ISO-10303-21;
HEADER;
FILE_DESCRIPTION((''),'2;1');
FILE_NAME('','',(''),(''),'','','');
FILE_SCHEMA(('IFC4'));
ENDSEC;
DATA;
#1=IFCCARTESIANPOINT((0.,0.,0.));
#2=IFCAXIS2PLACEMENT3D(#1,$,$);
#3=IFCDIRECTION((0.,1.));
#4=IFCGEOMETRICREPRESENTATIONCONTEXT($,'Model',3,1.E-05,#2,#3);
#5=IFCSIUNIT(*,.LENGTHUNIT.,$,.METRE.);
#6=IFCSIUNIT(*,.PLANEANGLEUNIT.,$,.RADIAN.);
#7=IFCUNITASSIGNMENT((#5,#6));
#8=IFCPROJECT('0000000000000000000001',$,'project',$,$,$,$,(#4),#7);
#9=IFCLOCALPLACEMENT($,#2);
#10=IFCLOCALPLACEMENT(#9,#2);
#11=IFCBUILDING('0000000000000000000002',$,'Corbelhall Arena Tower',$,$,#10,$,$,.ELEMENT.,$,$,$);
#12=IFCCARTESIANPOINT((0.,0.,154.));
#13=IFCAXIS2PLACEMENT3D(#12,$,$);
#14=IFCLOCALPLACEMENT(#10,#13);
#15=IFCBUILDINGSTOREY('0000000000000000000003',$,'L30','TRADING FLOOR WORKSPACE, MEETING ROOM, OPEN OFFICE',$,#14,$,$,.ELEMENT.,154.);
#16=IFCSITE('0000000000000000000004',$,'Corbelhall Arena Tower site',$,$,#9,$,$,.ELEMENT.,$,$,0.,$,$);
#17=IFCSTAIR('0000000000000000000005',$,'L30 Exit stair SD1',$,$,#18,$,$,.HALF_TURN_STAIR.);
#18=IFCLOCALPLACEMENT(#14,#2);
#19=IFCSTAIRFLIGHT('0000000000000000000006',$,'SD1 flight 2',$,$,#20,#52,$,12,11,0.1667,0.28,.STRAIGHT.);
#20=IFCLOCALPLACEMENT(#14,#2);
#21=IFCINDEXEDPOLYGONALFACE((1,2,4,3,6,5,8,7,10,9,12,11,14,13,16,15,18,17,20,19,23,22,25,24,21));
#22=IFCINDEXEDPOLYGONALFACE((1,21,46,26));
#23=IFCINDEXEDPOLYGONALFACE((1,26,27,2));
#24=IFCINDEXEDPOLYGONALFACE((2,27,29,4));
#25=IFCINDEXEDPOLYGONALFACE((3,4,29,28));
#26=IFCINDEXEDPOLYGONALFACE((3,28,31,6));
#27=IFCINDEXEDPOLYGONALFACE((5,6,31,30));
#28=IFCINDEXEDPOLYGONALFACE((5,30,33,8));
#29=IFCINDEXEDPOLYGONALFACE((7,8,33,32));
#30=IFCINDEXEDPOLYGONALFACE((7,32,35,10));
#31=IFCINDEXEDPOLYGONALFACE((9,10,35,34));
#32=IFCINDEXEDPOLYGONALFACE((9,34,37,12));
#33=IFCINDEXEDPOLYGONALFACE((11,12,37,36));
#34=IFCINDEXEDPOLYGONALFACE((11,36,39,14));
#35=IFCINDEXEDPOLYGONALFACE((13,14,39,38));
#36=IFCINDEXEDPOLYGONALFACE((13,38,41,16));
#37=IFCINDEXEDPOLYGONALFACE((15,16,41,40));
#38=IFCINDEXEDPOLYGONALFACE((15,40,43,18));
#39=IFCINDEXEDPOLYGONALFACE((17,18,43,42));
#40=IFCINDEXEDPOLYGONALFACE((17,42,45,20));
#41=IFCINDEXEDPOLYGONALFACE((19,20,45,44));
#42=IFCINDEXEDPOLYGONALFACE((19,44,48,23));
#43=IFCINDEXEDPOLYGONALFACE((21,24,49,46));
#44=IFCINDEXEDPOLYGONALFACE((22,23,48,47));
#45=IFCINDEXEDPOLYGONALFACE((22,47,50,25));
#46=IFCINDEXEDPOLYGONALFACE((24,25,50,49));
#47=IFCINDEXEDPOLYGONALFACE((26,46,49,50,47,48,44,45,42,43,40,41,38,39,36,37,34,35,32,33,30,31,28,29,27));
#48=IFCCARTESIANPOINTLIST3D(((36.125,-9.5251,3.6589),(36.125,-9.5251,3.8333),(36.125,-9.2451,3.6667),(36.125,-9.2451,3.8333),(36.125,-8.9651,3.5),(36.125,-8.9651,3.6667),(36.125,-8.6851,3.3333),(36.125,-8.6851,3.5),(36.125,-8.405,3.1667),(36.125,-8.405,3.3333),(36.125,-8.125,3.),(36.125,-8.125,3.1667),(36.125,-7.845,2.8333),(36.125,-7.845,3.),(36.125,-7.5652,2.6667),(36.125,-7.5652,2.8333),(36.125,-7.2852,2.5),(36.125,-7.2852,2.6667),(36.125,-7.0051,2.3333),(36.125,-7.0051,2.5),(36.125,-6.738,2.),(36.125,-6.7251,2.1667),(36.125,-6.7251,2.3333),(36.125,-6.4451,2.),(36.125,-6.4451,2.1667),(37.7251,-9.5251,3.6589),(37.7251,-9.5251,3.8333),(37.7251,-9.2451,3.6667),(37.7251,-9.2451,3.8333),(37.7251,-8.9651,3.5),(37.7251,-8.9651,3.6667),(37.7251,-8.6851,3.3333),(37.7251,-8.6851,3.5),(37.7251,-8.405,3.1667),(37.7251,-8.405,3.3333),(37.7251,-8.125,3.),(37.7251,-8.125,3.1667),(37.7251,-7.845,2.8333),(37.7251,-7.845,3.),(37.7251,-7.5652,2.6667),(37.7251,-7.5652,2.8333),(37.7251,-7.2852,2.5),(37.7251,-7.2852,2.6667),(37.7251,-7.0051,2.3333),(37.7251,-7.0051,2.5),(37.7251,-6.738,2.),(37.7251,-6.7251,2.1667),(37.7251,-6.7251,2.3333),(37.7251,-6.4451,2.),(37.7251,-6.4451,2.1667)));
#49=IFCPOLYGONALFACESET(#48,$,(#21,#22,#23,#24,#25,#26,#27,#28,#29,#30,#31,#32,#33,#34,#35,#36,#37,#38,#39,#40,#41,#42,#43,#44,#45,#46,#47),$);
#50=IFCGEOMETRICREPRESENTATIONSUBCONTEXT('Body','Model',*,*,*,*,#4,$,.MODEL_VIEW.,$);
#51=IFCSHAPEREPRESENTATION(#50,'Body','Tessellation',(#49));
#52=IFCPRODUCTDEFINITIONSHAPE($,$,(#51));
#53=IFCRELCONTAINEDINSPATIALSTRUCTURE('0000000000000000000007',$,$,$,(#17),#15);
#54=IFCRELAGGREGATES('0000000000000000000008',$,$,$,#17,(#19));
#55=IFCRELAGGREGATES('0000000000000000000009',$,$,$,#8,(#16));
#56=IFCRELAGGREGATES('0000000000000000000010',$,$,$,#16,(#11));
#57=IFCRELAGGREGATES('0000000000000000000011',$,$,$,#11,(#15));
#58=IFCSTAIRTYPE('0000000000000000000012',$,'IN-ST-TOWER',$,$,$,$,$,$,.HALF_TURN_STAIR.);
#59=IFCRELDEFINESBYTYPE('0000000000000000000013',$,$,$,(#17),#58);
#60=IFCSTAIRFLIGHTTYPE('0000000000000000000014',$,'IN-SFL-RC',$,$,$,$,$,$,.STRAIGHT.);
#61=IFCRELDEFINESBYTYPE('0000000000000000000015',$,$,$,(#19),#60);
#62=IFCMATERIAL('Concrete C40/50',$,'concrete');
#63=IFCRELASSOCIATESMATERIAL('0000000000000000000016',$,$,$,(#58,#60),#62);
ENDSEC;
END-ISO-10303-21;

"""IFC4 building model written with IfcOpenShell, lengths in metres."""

from ifc_helpers import new_model, si_unit, direction, frame, origin, place, context, subcontext, project, spatial, polyline, outline, extrude, material, type_object, element, aggregate, save


model = new_model("IFC4")

# Units and contexts
model_context = context("Model", 3, precision=1e-05, world=origin(), true_north=direction((0.0, 1.0)))
body_context = subcontext(model_context, "Body", "Model", "MODEL_VIEW")
ifc_project = project(units=[si_unit("LENGTHUNIT", "METRE"), si_unit("PLANEANGLEUNIT", "RADIAN")], contexts=[model_context])

# Site, building, storey
site_placement = place(None, origin())
site = spatial("IfcSite", under=ifc_project, at=site_placement, Name="Corbelhall Arena Tower site", CompositionType="ELEMENT", RefElevation=0.0)
building_placement = place(site_placement, origin())
building = spatial("IfcBuilding", under=site, at=building_placement, Name="Corbelhall Arena Tower", CompositionType="ELEMENT")
storey_placement = place(building_placement, frame((0.0, 0.0, 154.0)))
storey = spatial("IfcBuildingStorey", under=building, at=storey_placement, Name="L30", Description="TRADING FLOOR WORKSPACE, MEETING ROOM, OPEN OFFICE", CompositionType="ELEMENT", Elevation=154.0)

# Shared definitions
ifc_material_1 = material(Name="Concrete C40/50", Category="concrete")

# Stair, stair flight
stair_type = type_object("IfcStairType", Name="IN-ST-TOWER", PredefinedType="HALF_TURN_STAIR", material=ifc_material_1)
stair_placement = place(storey_placement, origin())
stair = element("IfcStair", 1, at=stair_placement, inside=storey, type_object=stair_type, Name="L30 Exit stair SD1", PredefinedType="HALF_TURN_STAIR")
stair_flight_type = type_object("IfcStairFlightType", Name="IN-SFL-RC", PredefinedType="STRAIGHT", material=ifc_material_1)
stair_flight_1_placement = place(storey_placement, frame((36.925, -6.4451, 2.0), z_axis=(0.0, 0.0, 1.0), x_axis=(0.0, -1.0, 0.0)))
stair_flight_1 = element("IfcStairFlight", 2, at=stair_flight_1_placement, type_object=stair_flight_type, Name="SD1 flight 2", NumberOfRisers=12, NumberOfTreads=11, PredefinedType="STRAIGHT", RiserHeight=0.1667, TreadLength=0.28, context=body_context, shape_type="SweptSolid", body=[
    extrude(outline(polyline([(0.0, 0.0), (0.0, 0.1667), (0.28, 0.1667), (0.28, 0.3333), (0.5601, 0.3333), (0.5601, 0.5), (0.8401, 0.5), (0.8401, 0.6667), (1.1201, 0.6667), (1.1201, 0.8333), (1.3999, 0.8333), (1.3999, 1.0), (1.6799, 1.0), (1.6799, 1.1667), (1.96, 1.1667), (1.96, 1.3333), (2.24, 1.3333), (2.24, 1.5), (2.52, 1.5), (2.52, 1.6667), (2.8, 1.6667), (2.8, 1.8333), (3.0801, 1.8333), (3.0801, 2.0), (3.0801, 1.6589), (0.293, 0.0), (0.0, 0.0)])), frame((0.0, 0.8, 0.0), z_axis=(0.0, -1.0, 0.0), x_axis=(1.0, 0.0, 0.0)), (0.0, 0.0, 1.0), 1.6001),
])
aggregate(stair, [stair_flight_1])

save(model, "model.ifc")
